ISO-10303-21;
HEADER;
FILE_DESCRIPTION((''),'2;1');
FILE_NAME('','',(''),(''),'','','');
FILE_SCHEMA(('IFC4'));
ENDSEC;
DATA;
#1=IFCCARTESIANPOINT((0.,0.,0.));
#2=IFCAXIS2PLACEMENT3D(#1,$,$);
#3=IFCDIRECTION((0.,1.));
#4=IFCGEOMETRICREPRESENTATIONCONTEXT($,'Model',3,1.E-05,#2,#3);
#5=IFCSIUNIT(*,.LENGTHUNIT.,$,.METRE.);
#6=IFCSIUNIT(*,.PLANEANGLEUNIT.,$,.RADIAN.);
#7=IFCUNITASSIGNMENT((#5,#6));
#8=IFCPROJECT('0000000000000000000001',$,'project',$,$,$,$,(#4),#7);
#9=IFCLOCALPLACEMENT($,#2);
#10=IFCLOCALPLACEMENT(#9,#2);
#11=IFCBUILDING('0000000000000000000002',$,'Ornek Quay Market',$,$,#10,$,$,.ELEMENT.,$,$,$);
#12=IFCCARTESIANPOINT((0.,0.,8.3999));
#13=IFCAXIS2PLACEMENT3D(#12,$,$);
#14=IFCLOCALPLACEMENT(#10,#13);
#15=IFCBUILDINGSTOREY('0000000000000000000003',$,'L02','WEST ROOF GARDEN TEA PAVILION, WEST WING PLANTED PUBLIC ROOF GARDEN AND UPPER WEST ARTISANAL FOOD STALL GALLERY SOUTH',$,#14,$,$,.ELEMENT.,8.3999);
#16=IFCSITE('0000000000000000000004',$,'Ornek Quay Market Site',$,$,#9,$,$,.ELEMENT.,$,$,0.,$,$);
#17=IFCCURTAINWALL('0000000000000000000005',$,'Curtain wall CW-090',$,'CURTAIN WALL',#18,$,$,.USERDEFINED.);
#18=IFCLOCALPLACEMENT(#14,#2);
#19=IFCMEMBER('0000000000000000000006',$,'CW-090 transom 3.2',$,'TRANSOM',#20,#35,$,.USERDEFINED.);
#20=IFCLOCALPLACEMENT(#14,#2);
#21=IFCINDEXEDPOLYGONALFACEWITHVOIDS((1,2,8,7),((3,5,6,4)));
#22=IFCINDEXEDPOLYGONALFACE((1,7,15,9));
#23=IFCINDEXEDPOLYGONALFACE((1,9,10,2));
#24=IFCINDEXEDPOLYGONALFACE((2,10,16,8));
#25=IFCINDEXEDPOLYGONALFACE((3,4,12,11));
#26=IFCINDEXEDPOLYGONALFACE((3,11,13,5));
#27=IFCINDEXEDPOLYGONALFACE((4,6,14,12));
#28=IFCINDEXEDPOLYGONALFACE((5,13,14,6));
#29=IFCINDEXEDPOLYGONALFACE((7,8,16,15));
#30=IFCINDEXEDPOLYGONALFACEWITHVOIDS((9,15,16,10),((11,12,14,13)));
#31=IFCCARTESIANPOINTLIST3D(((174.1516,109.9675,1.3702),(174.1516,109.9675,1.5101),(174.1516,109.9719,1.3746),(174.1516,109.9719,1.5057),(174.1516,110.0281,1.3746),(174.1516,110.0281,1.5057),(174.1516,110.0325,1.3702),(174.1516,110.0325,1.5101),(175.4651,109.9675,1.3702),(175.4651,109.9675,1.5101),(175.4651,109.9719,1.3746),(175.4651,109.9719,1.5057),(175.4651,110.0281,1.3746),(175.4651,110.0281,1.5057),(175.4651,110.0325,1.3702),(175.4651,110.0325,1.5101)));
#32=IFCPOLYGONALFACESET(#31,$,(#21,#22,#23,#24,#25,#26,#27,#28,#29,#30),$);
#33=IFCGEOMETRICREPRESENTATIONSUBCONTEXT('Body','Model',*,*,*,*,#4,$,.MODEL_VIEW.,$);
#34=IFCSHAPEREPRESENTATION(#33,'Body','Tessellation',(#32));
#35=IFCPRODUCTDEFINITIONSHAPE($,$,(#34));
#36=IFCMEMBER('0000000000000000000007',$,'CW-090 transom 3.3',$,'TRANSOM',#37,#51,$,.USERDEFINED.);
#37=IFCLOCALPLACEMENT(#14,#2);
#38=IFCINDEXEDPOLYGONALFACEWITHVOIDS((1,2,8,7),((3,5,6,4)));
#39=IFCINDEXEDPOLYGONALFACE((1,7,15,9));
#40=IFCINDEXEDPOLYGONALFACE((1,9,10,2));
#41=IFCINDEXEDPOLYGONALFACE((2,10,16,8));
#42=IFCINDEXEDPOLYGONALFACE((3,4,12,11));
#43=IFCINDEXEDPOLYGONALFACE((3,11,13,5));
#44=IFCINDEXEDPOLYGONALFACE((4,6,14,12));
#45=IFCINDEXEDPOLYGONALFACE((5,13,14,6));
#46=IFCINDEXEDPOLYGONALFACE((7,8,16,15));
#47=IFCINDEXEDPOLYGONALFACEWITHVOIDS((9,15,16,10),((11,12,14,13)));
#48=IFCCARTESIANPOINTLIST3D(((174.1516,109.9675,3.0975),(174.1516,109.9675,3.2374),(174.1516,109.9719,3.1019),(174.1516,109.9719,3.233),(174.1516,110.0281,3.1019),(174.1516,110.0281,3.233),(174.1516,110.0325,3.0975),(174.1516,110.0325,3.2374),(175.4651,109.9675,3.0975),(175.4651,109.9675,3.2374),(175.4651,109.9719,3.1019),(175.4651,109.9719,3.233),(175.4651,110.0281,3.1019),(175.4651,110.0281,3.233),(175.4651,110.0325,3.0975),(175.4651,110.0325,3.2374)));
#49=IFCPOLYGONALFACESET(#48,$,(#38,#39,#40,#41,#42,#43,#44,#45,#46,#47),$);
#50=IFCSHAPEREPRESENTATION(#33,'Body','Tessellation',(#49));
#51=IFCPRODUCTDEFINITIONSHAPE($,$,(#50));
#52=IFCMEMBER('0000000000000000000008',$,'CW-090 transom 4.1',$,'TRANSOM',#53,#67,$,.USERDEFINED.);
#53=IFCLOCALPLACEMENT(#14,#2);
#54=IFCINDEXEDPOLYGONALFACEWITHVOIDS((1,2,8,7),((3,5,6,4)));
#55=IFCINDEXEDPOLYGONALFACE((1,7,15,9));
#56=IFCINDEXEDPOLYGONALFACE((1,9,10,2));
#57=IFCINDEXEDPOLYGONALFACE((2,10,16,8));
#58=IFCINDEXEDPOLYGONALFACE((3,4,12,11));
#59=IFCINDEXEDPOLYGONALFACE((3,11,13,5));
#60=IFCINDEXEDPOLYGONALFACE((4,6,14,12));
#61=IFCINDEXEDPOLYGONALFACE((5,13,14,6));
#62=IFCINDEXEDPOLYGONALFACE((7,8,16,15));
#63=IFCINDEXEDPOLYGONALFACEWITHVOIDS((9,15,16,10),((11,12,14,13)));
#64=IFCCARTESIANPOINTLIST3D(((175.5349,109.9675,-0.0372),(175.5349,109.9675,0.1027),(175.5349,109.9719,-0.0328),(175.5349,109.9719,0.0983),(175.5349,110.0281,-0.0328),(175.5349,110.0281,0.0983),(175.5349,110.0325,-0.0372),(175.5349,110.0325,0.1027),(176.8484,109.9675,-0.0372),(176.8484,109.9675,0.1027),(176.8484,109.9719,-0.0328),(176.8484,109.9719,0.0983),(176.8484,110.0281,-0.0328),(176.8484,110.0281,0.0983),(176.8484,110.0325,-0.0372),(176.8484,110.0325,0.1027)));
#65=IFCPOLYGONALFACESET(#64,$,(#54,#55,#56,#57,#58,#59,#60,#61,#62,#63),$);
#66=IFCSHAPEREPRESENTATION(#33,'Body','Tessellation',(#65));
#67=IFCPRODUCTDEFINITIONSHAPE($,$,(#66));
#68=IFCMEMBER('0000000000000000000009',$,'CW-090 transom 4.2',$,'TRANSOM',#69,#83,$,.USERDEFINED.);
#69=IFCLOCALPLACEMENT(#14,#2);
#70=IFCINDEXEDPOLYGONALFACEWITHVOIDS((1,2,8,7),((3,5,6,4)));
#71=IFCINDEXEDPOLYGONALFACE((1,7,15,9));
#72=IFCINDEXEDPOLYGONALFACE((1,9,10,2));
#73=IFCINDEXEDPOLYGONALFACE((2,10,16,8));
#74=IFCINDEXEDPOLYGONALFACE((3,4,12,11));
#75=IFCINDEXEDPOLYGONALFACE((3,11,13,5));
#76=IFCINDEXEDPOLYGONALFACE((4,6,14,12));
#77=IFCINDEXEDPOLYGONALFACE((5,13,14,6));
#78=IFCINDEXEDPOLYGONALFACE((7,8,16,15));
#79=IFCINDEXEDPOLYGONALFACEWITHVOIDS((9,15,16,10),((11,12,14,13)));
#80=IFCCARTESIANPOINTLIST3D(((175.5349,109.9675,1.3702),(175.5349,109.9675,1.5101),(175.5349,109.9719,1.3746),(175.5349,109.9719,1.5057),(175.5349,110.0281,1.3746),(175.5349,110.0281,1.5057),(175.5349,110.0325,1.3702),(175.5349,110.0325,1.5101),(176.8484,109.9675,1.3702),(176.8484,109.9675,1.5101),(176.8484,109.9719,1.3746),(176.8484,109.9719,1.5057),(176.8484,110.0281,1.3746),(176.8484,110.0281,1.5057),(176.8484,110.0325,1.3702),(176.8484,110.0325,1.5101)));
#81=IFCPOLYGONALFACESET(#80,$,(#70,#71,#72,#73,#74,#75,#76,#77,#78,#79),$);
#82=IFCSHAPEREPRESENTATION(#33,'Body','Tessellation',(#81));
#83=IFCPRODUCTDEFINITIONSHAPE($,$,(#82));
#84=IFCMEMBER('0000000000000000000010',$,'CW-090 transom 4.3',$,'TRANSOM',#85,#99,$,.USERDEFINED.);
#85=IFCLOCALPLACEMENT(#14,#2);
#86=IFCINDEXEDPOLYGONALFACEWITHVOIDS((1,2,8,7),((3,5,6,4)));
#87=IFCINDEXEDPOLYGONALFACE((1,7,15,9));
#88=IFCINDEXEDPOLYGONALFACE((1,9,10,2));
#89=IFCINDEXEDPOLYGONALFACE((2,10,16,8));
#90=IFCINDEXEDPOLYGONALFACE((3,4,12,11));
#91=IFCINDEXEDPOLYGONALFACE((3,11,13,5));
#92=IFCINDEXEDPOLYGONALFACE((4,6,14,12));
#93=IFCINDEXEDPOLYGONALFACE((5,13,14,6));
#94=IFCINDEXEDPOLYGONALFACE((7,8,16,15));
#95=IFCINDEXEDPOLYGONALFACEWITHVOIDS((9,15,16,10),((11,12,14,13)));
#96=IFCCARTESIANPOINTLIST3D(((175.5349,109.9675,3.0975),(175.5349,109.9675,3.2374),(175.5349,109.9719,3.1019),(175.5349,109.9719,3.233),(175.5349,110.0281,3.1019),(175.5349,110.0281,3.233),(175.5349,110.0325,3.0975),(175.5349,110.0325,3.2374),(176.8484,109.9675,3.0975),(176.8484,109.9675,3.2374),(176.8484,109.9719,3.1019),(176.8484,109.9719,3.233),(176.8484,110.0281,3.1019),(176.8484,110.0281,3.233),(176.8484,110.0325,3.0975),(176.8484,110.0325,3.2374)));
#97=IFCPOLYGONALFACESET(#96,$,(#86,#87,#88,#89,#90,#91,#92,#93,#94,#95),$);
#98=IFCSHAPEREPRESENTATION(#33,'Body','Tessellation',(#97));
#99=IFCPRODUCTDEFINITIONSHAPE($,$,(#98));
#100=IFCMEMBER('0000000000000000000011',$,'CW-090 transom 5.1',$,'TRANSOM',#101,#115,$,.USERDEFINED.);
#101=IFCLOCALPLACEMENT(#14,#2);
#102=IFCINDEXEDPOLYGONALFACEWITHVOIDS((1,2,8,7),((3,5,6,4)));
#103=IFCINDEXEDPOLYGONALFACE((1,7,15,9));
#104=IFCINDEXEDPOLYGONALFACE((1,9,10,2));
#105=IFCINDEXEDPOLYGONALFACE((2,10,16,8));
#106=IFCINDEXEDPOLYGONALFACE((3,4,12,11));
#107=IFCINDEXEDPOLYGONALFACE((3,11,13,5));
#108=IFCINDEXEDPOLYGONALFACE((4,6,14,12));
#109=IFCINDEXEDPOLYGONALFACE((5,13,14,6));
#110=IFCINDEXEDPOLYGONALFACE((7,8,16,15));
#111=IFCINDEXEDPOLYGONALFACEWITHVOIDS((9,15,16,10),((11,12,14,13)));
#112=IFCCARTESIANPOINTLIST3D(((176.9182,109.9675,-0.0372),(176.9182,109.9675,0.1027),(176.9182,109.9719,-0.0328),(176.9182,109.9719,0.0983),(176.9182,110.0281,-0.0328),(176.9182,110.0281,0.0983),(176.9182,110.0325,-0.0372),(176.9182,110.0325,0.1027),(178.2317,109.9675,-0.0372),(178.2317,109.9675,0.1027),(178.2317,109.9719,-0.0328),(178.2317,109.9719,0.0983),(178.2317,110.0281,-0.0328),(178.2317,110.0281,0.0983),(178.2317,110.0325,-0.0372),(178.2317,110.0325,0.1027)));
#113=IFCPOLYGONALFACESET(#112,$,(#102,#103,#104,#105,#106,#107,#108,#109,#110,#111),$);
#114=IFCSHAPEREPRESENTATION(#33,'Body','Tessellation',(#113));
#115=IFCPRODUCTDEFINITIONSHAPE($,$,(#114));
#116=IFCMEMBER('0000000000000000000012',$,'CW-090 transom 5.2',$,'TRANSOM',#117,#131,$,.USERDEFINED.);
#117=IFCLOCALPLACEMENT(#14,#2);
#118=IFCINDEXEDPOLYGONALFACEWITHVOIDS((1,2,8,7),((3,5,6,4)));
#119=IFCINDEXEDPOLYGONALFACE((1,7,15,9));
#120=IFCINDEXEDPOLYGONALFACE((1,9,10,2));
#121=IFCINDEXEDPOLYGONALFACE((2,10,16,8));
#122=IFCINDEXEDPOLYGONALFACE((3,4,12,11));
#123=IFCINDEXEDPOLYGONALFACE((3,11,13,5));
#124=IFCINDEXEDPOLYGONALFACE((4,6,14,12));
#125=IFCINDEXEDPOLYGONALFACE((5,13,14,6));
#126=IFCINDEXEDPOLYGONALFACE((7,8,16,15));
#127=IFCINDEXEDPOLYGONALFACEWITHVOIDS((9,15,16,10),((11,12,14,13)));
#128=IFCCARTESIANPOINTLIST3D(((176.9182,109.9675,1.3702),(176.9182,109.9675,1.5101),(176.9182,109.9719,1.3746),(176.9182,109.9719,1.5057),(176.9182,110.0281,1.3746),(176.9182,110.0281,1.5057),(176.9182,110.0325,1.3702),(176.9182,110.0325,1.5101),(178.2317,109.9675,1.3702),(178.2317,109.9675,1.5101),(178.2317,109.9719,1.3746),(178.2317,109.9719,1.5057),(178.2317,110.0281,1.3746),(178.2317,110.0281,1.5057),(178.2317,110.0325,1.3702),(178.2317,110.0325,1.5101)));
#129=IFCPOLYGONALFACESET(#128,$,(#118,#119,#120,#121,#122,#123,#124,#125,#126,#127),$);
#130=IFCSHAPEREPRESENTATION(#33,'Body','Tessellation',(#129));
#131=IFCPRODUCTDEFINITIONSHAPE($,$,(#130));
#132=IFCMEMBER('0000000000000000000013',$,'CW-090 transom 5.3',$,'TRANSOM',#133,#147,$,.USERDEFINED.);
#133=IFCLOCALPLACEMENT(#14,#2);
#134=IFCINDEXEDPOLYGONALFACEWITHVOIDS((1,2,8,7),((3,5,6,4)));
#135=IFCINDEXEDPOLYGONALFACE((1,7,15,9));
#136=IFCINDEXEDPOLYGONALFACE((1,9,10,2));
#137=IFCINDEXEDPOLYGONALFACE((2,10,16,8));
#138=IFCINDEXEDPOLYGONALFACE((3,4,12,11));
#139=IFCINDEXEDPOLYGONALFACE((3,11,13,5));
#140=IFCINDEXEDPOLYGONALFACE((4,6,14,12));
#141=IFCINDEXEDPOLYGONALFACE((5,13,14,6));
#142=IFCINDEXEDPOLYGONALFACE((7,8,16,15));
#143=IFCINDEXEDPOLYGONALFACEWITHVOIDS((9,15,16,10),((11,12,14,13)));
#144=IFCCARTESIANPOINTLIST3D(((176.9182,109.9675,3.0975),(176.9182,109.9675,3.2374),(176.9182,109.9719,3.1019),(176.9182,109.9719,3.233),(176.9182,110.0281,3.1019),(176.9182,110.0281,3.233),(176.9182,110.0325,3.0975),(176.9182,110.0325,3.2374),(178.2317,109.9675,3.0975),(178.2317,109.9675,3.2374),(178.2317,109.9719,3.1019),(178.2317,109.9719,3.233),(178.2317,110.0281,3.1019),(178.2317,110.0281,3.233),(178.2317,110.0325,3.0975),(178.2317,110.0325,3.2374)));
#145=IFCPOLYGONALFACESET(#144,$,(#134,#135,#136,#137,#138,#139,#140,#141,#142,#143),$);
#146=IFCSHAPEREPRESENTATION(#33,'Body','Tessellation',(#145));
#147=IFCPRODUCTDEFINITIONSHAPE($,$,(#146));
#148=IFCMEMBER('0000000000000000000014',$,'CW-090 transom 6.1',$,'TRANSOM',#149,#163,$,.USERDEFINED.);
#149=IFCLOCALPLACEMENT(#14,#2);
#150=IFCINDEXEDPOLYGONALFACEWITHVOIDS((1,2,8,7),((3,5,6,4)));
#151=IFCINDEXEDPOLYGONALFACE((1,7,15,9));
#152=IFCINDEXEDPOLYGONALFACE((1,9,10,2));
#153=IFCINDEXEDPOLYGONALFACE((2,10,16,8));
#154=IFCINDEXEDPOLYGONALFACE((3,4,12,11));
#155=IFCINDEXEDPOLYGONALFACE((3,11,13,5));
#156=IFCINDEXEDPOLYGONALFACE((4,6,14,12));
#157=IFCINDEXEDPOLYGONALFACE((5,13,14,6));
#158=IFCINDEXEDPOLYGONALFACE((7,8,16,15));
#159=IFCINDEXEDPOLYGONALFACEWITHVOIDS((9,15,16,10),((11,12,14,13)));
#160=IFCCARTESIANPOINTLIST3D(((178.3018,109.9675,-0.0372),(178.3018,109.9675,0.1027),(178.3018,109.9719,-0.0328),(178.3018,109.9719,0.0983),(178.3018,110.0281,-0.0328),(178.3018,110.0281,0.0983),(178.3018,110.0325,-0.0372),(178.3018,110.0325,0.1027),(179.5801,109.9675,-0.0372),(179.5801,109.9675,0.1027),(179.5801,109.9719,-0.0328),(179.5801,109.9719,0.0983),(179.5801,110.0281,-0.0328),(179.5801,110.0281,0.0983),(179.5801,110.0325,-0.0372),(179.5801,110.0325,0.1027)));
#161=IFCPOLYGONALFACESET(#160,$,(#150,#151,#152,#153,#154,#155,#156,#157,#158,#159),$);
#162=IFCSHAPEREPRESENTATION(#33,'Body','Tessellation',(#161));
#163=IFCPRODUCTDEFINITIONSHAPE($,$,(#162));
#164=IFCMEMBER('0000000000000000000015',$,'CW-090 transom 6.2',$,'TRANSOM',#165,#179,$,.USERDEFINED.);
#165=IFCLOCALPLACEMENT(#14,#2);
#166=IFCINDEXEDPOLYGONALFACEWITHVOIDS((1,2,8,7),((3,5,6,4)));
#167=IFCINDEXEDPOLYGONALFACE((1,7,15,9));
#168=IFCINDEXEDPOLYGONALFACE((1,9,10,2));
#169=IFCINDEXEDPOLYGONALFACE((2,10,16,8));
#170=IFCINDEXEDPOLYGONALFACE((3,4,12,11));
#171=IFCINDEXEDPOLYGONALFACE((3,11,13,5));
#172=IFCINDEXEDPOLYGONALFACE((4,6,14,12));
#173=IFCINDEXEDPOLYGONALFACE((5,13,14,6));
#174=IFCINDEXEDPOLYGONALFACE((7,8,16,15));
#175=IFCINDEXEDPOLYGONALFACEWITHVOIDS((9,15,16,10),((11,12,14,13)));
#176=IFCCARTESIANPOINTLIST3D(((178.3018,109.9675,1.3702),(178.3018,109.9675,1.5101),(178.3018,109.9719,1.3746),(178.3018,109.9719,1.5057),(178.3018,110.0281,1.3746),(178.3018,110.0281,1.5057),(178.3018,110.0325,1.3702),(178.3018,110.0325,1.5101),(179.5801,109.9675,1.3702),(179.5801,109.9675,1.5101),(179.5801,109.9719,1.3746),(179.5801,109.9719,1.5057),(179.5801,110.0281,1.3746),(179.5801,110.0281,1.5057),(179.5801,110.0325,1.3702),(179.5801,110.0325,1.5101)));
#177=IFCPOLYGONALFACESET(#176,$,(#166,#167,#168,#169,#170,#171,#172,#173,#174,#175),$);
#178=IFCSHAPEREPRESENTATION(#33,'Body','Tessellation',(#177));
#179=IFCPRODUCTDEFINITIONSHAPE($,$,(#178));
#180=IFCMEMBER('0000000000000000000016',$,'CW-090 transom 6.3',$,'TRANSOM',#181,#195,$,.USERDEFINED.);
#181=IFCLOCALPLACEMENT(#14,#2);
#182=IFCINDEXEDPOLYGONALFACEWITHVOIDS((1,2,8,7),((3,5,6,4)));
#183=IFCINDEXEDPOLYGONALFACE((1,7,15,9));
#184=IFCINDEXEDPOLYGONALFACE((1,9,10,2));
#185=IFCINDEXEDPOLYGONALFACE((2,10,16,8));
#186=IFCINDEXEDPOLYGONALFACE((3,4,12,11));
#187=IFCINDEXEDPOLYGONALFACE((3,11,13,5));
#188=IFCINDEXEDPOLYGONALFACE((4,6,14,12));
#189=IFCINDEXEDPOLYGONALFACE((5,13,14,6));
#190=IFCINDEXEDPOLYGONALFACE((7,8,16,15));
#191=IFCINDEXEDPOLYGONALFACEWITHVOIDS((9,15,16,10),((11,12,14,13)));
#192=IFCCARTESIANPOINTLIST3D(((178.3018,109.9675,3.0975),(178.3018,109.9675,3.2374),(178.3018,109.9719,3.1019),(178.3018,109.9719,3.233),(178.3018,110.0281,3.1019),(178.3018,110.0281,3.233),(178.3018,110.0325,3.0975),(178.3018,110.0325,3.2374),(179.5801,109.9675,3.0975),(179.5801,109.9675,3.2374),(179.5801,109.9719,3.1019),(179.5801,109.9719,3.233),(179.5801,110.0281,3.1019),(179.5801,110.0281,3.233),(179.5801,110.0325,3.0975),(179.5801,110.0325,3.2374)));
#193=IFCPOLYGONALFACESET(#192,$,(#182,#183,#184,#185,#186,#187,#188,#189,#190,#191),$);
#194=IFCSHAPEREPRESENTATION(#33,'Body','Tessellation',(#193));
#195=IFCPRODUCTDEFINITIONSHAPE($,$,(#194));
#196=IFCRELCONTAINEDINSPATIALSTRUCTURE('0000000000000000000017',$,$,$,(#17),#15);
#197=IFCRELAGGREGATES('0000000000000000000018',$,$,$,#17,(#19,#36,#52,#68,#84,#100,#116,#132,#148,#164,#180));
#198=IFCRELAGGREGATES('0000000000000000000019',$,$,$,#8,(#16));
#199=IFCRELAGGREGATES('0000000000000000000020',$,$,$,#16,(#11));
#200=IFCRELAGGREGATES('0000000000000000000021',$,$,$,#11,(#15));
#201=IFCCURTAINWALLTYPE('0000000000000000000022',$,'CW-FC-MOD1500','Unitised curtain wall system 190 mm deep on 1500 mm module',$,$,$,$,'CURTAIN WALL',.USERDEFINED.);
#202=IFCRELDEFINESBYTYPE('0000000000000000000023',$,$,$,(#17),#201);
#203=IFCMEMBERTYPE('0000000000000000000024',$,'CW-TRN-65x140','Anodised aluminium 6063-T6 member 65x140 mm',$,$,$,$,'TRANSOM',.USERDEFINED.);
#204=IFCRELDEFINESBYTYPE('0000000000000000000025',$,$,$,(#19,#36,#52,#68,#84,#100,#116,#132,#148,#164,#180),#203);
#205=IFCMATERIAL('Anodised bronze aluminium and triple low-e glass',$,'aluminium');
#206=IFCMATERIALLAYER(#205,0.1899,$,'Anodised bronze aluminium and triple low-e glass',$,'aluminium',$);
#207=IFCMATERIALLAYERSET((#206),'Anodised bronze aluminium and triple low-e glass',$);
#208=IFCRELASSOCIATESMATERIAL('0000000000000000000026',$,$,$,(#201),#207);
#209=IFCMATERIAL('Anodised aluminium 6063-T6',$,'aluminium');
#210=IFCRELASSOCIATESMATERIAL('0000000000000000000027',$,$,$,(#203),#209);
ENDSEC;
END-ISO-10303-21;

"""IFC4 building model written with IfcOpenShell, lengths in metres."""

from ifc_helpers import new_model, si_unit, direction, frame, origin, origin_2d, place, context, subcontext, project, spatial, hollow_rectangle, extrude, material, layer, layer_set, material_profile, profile_set, type_object, element, aggregate, save


model = new_model("IFC4")

# Units and contexts
model_context = context("Model", 3, precision=1e-05, world=origin(), true_north=direction((0.0, 1.0)))
body_context = subcontext(model_context, "Body", "Model", "MODEL_VIEW")
ifc_project = project(units=[si_unit("LENGTHUNIT", "METRE"), si_unit("PLANEANGLEUNIT", "RADIAN")], contexts=[model_context])

# Site, building, storey
site_placement = place(None, origin())
site = spatial("IfcSite", under=ifc_project, at=site_placement, Name="Ornek Quay Market Site", CompositionType="ELEMENT", RefElevation=0.0)
building_placement = place(site_placement, origin())
building = spatial("IfcBuilding", under=site, at=building_placement, Name="Ornek Quay Market", CompositionType="ELEMENT")
storey_placement = place(building_placement, frame((0.0, 0.0, 8.3999)))
storey = spatial("IfcBuildingStorey", under=building, at=storey_placement, Name="L02", Description="WEST ROOF GARDEN TEA PAVILION, WEST WING PLANTED PUBLIC ROOF GARDEN AND UPPER WEST ARTISANAL FOOD STALL GALLERY SOUTH", CompositionType="ELEMENT", Elevation=8.3999)

# Shared definitions
ifc_material_1 = material(Name="Anodised bronze aluminium and triple low-e glass", Category="aluminium")
ifc_layer_1 = layer(ifc_material_1, 0.1899, Name="Anodised bronze aluminium and triple low-e glass", Category="aluminium")
ifc_layer_set_1 = layer_set([ifc_layer_1], Name="Anodised bronze aluminium and triple low-e glass")
curtain_wall_type = type_object("IfcCurtainWallType", Name="CW-FC-MOD1500", Description="Unitised curtain wall system 190 mm deep on 1500 mm module", ElementType="CURTAIN WALL", PredefinedType="USERDEFINED", material=ifc_layer_set_1)
ifc_material_2 = material(Name="Anodised aluminium 6063-T6", Category="aluminium")

# Curtain wall, members
curtain_wall_1_placement = place(storey_placement, origin())
curtain_wall_1 = element("IfcCurtainWall", 1, at=curtain_wall_1_placement, inside=storey, type_object=curtain_wall_type, Name="Curtain wall CW-090", ObjectType="CURTAIN WALL", PredefinedType="USERDEFINED")
ifc_material_profile_1 = material_profile(ifc_material_2, hollow_rectangle(XDim=0.0649, YDim=0.1399, WallThickness=0.0044, at=origin_2d()), Name="CW-TRN-65x140", Category="aluminium")
ifc_profile_set_1 = profile_set([ifc_material_profile_1], Name="Anodised aluminium 6063-T6")
member_type_1 = type_object("IfcMemberType", Name="CW-TRN-65x140", Description="Anodised aluminium 6063-T6 member 65x140 mm", ElementType="TRANSOM", PredefinedType="USERDEFINED", material=ifc_profile_set_1)
member_1_placement = place(storey_placement, frame((174.1516, 110.0, 1.4402), z_axis=(1.0, 0.0, 0.0), x_axis=(0.0, 1.0, 0.0)))
member_1 = element("IfcMember", 2, at=member_1_placement, type_object=member_type_1, Name="CW-090 transom 3.2", ObjectType="TRANSOM", PredefinedType="USERDEFINED", context=body_context, shape_type="SweptSolid", body=[
    extrude(hollow_rectangle(XDim=0.0649, YDim=0.1399, WallThickness=0.0044, at=origin_2d()), origin(), (0.0, 0.0, 1.0), 1.3135),
])
member_2_placement = place(storey_placement, frame((174.1516, 110.0, 3.1675), z_axis=(1.0, 0.0, 0.0), x_axis=(0.0, 1.0, 0.0)))
member_2 = element("IfcMember", 3, at=member_2_placement, type_object=member_type_1, Name="CW-090 transom 3.3", ObjectType="TRANSOM", PredefinedType="USERDEFINED", context=body_context, shape_type="SweptSolid", body=[
    extrude(hollow_rectangle(XDim=0.0649, YDim=0.1399, WallThickness=0.0044, at=origin_2d()), origin(), (0.0, 0.0, 1.0), 1.3135),
])
member_3_placement = place(storey_placement, frame((175.5349, 110.0, 0.0327), z_axis=(1.0, 0.0, 0.0), x_axis=(0.0, 1.0, 0.0)))
member_3 = element("IfcMember", 4, at=member_3_placement, type_object=member_type_1, Name="CW-090 transom 4.1", ObjectType="TRANSOM", PredefinedType="USERDEFINED", context=body_context, shape_type="SweptSolid", body=[
    extrude(hollow_rectangle(XDim=0.0649, YDim=0.1399, WallThickness=0.0044, at=origin_2d()), origin(), (0.0, 0.0, 1.0), 1.3135),
])
member_4_placement = place(storey_placement, frame((175.5349, 110.0, 1.4402), z_axis=(1.0, 0.0, 0.0), x_axis=(0.0, 1.0, 0.0)))
member_4 = element("IfcMember", 5, at=member_4_placement, type_object=member_type_1, Name="CW-090 transom 4.2", ObjectType="TRANSOM", PredefinedType="USERDEFINED", context=body_context, shape_type="SweptSolid", body=[
    extrude(hollow_rectangle(XDim=0.0649, YDim=0.1399, WallThickness=0.0044, at=origin_2d()), origin(), (0.0, 0.0, 1.0), 1.3135),
])
member_5_placement = place(storey_placement, frame((175.5349, 110.0, 3.1675), z_axis=(1.0, 0.0, 0.0), x_axis=(0.0, 1.0, 0.0)))
member_5 = element("IfcMember", 6, at=member_5_placement, type_object=member_type_1, Name="CW-090 transom 4.3", ObjectType="TRANSOM", PredefinedType="USERDEFINED", context=body_context, shape_type="SweptSolid", body=[
    extrude(hollow_rectangle(XDim=0.0649, YDim=0.1399, WallThickness=0.0044, at=origin_2d()), origin(), (0.0, 0.0, 1.0), 1.3135),
])
member_6_placement = place(storey_placement, frame((176.9182, 110.0, 0.0327), z_axis=(1.0, 0.0, 0.0), x_axis=(0.0, 1.0, 0.0)))
member_6 = element("IfcMember", 7, at=member_6_placement, type_object=member_type_1, Name="CW-090 transom 5.1", ObjectType="TRANSOM", PredefinedType="USERDEFINED", context=body_context, shape_type="SweptSolid", body=[
    extrude(hollow_rectangle(XDim=0.0649, YDim=0.1399, WallThickness=0.0044, at=origin_2d()), origin(), (0.0, 0.0, 1.0), 1.3135),
])
member_7_placement = place(storey_placement, frame((176.9182, 110.0, 1.4402), z_axis=(1.0, 0.0, 0.0), x_axis=(0.0, 1.0, 0.0)))
member_7 = element("IfcMember", 8, at=member_7_placement, type_object=member_type_1, Name="CW-090 transom 5.2", ObjectType="TRANSOM", PredefinedType="USERDEFINED", context=body_context, shape_type="SweptSolid", body=[
    extrude(hollow_rectangle(XDim=0.0649, YDim=0.1399, WallThickness=0.0044, at=origin_2d()), origin(), (0.0, 0.0, 1.0), 1.3135),
])
member_8_placement = place(storey_placement, frame((176.9182, 110.0, 3.1675), z_axis=(1.0, 0.0, 0.0), x_axis=(0.0, 1.0, 0.0)))
member_8 = element("IfcMember", 9, at=member_8_placement, type_object=member_type_1, Name="CW-090 transom 5.3", ObjectType="TRANSOM", PredefinedType="USERDEFINED", context=body_context, shape_type="SweptSolid", body=[
    extrude(hollow_rectangle(XDim=0.0649, YDim=0.1399, WallThickness=0.0044, at=origin_2d()), origin(), (0.0, 0.0, 1.0), 1.3135),
])
member_9_placement = place(storey_placement, frame((178.3018, 110.0, 0.0327), z_axis=(1.0, 0.0, 0.0), x_axis=(0.0, 1.0, 0.0)))
member_9 = element("IfcMember", 10, at=member_9_placement, type_object=member_type_1, Name="CW-090 transom 6.1", ObjectType="TRANSOM", PredefinedType="USERDEFINED", context=body_context, shape_type="SweptSolid", body=[
    extrude(hollow_rectangle(XDim=0.0649, YDim=0.1399, WallThickness=0.0044, at=origin_2d()), origin(), (0.0, 0.0, 1.0), 1.2783),
])
member_10_placement = place(storey_placement, frame((178.3018, 110.0, 1.4402), z_axis=(1.0, 0.0, 0.0), x_axis=(0.0, 1.0, 0.0)))
member_10 = element("IfcMember", 11, at=member_10_placement, type_object=member_type_1, Name="CW-090 transom 6.2", ObjectType="TRANSOM", PredefinedType="USERDEFINED", context=body_context, shape_type="SweptSolid", body=[
    extrude(hollow_rectangle(XDim=0.0649, YDim=0.1399, WallThickness=0.0044, at=origin_2d()), origin(), (0.0, 0.0, 1.0), 1.2783),
])
member_11_placement = place(storey_placement, frame((178.3018, 110.0, 3.1675), z_axis=(1.0, 0.0, 0.0), x_axis=(0.0, 1.0, 0.0)))
member_11 = element("IfcMember", 12, at=member_11_placement, type_object=member_type_1, Name="CW-090 transom 6.3", ObjectType="TRANSOM", PredefinedType="USERDEFINED", context=body_context, shape_type="SweptSolid", body=[
    extrude(hollow_rectangle(XDim=0.0649, YDim=0.1399, WallThickness=0.0044, at=origin_2d()), origin(), (0.0, 0.0, 1.0), 1.2783),
])
aggregate(curtain_wall_1, [member_1, member_2, member_3, member_4, member_5, member_6, member_7, member_8, member_9, member_10, member_11])

save(model, "model.ifc")
